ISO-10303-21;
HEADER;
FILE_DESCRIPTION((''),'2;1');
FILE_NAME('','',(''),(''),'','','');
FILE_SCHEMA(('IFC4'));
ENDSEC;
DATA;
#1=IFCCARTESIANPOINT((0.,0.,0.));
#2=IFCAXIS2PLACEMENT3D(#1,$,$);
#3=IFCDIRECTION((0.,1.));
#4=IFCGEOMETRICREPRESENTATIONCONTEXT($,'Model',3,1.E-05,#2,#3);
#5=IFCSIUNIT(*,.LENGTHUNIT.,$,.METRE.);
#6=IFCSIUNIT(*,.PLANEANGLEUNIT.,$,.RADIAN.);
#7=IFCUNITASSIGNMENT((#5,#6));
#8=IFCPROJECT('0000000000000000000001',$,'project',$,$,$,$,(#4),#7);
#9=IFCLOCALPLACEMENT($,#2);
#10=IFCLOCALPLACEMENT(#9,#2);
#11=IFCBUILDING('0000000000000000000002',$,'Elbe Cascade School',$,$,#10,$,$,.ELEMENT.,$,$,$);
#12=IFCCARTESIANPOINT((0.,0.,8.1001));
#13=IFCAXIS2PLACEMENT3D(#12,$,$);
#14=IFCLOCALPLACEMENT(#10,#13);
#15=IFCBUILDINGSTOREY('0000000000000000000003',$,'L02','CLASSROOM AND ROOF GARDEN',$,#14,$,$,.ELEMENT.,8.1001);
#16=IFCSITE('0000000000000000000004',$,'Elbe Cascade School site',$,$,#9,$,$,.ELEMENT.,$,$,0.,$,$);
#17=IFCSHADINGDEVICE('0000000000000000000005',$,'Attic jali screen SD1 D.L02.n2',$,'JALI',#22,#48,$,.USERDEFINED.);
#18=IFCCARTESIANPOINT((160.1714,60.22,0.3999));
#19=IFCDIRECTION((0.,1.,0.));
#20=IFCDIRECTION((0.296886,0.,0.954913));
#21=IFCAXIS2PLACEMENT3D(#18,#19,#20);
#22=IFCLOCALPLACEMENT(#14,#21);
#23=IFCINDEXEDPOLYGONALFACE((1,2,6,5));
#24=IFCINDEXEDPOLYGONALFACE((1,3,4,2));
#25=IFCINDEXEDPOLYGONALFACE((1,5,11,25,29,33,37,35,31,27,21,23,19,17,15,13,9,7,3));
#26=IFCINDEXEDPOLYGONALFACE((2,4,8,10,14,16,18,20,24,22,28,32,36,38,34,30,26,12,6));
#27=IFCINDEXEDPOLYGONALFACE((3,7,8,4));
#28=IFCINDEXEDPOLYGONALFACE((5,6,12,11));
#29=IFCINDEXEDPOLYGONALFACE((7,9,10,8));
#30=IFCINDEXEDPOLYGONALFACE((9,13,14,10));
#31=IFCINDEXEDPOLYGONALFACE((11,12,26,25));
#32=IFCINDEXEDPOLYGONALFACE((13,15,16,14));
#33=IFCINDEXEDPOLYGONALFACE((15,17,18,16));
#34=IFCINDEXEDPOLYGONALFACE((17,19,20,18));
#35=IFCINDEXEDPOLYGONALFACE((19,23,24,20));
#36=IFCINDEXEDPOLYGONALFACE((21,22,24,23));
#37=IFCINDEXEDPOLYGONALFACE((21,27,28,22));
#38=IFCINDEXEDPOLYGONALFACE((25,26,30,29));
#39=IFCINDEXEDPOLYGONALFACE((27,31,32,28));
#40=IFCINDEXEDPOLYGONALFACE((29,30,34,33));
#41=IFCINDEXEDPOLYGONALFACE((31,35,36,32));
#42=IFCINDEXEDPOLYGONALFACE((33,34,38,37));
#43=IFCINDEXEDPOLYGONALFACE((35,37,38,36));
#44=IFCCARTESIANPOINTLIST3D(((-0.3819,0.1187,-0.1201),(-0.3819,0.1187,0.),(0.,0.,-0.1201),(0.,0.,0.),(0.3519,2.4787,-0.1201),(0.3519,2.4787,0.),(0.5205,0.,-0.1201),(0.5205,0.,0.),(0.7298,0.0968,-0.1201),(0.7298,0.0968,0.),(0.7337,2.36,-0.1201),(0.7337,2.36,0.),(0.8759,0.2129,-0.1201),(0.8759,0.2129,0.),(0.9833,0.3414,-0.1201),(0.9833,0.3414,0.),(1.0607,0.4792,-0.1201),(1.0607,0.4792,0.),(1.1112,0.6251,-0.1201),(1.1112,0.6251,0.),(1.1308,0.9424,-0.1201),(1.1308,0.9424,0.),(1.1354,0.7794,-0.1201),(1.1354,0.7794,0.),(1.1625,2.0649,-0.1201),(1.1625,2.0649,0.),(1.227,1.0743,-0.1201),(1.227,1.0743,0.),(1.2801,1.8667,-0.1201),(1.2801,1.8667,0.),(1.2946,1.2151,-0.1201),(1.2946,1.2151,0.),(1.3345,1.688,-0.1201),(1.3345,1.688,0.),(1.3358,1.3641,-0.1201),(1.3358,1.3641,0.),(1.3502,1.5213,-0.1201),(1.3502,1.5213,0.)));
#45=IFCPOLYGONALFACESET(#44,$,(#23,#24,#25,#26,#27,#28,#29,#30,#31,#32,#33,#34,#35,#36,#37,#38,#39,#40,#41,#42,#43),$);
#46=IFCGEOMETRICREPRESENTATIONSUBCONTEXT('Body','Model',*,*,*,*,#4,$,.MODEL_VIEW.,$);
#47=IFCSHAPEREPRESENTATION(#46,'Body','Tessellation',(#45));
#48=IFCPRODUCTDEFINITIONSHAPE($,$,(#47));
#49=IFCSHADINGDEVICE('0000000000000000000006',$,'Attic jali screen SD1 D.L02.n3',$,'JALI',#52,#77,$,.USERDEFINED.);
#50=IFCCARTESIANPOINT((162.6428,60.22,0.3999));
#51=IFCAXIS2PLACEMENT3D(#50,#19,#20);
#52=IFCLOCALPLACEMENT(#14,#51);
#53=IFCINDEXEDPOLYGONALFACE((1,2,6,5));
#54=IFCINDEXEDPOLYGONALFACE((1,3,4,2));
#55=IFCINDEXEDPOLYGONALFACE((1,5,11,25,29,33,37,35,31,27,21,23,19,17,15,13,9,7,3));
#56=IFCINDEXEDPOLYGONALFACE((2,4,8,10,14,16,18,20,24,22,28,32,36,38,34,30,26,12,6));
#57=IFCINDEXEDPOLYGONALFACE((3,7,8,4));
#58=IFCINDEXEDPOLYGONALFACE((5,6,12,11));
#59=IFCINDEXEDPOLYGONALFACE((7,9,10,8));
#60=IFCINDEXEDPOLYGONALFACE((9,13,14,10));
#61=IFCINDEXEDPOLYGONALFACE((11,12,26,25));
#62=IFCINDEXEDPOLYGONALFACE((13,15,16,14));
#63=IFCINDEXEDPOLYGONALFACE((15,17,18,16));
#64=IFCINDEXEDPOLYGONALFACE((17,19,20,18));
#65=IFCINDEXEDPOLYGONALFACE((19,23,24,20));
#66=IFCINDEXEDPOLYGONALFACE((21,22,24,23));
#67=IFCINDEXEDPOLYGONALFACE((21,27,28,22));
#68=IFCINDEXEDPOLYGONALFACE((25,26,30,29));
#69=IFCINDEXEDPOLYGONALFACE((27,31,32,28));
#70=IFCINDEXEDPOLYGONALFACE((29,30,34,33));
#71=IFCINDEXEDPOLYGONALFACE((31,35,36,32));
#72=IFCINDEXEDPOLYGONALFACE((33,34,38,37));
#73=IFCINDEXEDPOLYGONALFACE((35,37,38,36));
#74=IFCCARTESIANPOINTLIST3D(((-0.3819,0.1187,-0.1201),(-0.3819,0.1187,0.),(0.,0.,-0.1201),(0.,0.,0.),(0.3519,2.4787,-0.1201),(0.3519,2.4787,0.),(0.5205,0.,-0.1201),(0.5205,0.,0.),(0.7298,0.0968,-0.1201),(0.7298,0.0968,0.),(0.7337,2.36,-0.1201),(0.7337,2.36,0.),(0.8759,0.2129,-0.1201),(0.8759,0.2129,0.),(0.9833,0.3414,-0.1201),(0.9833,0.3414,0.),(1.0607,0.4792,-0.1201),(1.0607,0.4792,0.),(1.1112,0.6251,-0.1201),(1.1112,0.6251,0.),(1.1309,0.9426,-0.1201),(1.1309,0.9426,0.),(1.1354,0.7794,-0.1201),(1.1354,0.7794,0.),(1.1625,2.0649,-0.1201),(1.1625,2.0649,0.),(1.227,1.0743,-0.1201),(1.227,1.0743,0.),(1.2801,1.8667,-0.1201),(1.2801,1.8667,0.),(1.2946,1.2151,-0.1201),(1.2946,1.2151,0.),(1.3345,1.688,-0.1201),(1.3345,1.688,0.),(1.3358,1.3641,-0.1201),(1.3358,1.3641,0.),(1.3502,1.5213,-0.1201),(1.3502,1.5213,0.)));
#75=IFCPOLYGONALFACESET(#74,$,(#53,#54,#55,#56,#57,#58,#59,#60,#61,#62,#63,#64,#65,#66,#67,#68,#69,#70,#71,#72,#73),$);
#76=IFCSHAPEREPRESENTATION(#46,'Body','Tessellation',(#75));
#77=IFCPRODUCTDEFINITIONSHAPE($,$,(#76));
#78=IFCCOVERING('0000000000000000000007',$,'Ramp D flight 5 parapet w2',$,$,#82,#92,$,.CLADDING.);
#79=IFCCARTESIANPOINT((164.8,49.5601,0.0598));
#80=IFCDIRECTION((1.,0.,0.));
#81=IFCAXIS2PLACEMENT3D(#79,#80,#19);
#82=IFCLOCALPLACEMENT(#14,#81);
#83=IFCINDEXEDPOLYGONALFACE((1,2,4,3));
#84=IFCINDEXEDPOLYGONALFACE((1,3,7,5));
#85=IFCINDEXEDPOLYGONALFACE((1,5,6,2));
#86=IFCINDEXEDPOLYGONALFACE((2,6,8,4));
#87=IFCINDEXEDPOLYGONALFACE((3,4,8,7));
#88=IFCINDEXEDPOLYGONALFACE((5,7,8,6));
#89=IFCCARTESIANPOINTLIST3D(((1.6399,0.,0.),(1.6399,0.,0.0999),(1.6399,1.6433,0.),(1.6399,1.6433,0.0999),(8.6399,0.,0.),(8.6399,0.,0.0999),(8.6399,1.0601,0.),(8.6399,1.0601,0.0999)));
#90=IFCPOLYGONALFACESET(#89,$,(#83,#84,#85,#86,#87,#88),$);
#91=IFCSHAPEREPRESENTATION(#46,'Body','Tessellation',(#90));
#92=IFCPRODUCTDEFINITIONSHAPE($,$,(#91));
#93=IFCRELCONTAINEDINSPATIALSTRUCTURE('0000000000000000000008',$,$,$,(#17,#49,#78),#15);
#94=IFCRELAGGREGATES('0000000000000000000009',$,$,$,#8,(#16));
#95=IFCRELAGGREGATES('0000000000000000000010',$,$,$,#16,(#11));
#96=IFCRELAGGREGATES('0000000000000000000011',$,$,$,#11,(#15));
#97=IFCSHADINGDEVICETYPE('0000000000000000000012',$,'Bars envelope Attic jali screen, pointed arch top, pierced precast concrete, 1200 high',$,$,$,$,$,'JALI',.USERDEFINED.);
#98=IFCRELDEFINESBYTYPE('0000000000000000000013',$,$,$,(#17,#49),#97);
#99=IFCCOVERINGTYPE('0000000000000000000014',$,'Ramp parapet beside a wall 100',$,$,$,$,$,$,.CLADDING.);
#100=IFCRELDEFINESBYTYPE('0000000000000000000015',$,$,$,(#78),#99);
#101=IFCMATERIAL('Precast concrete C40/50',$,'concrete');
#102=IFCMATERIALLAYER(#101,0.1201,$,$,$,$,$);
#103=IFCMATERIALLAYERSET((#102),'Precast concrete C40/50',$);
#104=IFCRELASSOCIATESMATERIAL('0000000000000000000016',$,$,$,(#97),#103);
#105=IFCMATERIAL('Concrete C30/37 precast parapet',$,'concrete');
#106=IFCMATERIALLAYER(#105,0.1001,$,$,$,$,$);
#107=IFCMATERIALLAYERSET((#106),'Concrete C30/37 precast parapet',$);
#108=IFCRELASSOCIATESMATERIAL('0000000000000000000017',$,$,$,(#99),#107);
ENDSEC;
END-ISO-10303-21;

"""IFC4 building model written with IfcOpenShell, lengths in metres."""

from ifc_helpers import new_model, si_unit, direction, frame, origin, place, context, subcontext, project, spatial, polyline, outline, extrude, material, layer, layer_set, type_object, element, save


model = new_model("IFC4")

# Units and contexts
model_context = context("Model", 3, precision=1e-05, world=origin(), true_north=direction((0.0, 1.0)))
body_context = subcontext(model_context, "Body", "Model", "MODEL_VIEW")
ifc_project = project(units=[si_unit("LENGTHUNIT", "METRE"), si_unit("PLANEANGLEUNIT", "RADIAN")], contexts=[model_context])

# Site, building, storey
site_placement = place(None, origin())
site = spatial("IfcSite", under=ifc_project, at=site_placement, Name="Elbe Cascade School site", CompositionType="ELEMENT", RefElevation=0.0)
building_placement = place(site_placement, origin())
building = spatial("IfcBuilding", under=site, at=building_placement, Name="Elbe Cascade School", CompositionType="ELEMENT")
storey_placement = place(building_placement, frame((0.0, 0.0, 8.1001)))
storey = spatial("IfcBuildingStorey", under=building, at=storey_placement, Name="L02", Description="CLASSROOM AND ROOF GARDEN", CompositionType="ELEMENT", Elevation=8.1001)

# Shading devices
ifc_material_1 = material(Name="Precast concrete C40/50", Category="concrete")
ifc_layer_1 = layer(ifc_material_1, 0.1201)
ifc_layer_set_1 = layer_set([ifc_layer_1], Name="Precast concrete C40/50")
shading_device_type_1 = type_object("IfcShadingDeviceType", Name="Bars envelope Attic jali screen, pointed arch top, pierced precast concrete, 1200 high", ElementType="JALI", PredefinedType="USERDEFINED", material=ifc_layer_set_1)
shading_device_1_placement = place(storey_placement, frame((160.1714, 60.22, 0.3999), z_axis=(0.0, 1.0, 0.0), x_axis=(0.296886, 0.0, 0.954913)))
element("IfcShadingDevice", 1, at=shading_device_1_placement, inside=storey, type_object=shading_device_type_1, Name="Attic jali screen SD1 D.L02.n2", ObjectType="JALI", PredefinedType="USERDEFINED", context=body_context, shape_type="SweptSolid", body=[
    extrude(outline(polyline([(0.0, 0.0), (0.5205, 0.0), (0.7298, 0.0968), (0.8759, 0.2129), (0.9833, 0.3414), (1.0607, 0.4792), (1.1112, 0.6251), (1.1354, 0.7794), (1.1308, 0.9424), (1.227, 1.0743), (1.2946, 1.2151), (1.3358, 1.3641), (1.3502, 1.5213), (1.3345, 1.688), (1.2801, 1.8667), (1.1625, 2.0649), (0.7337, 2.36), (0.3519, 2.4787), (-0.3819, 0.1187), (0.0, 0.0)])), origin(), (0.0, 0.0, -1.0), 0.1201),
])
shading_device_2_placement = place(storey_placement, frame((162.6428, 60.22, 0.3999), z_axis=(0.0, 1.0, 0.0), x_axis=(0.296886, 0.0, 0.954913)))
element("IfcShadingDevice", 2, at=shading_device_2_placement, inside=storey, type_object=shading_device_type_1, Name="Attic jali screen SD1 D.L02.n3", ObjectType="JALI", PredefinedType="USERDEFINED", context=body_context, shape_type="SweptSolid", body=[
    extrude(outline(polyline([(0.0, 0.0), (0.5205, 0.0), (0.7298, 0.0968), (0.8759, 0.2129), (0.9833, 0.3414), (1.0607, 0.4792), (1.1112, 0.6251), (1.1354, 0.7794), (1.1309, 0.9426), (1.227, 1.0743), (1.2946, 1.2151), (1.3358, 1.3641), (1.3502, 1.5213), (1.3345, 1.688), (1.2801, 1.8667), (1.1625, 2.0649), (0.7337, 2.36), (0.3519, 2.4787), (-0.3819, 0.1187), (0.0, 0.0)])), origin(), (0.0, 0.0, -1.0), 0.1201),
])

# Covering
ifc_material_2 = material(Name="Concrete C30/37 precast parapet", Category="concrete")
ifc_layer_2 = layer(ifc_material_2, 0.1001)
ifc_layer_set_2 = layer_set([ifc_layer_2], Name="Concrete C30/37 precast parapet")
covering_type_1 = type_object("IfcCoveringType", Name="Ramp parapet beside a wall 100", PredefinedType="CLADDING", material=ifc_layer_set_2)
covering_1_placement = place(storey_placement, frame((164.8, 49.5601, 0.0598), z_axis=(1.0, 0.0, 0.0), x_axis=(0.0, 1.0, 0.0)))
element("IfcCovering", 3, at=covering_1_placement, inside=storey, type_object=covering_type_1, Name="Ramp D flight 5 parapet w2", PredefinedType="CLADDING", context=body_context, shape_type="SweptSolid", body=[
    extrude(outline(polyline([(1.6399, 0.0), (8.6399, 0.0), (8.6399, 1.0601), (1.6399, 1.6433), (1.6399, 0.0)])), origin(), (0.0, 0.0, 1.0), 0.0999),
])

save(model, "model.ifc")
